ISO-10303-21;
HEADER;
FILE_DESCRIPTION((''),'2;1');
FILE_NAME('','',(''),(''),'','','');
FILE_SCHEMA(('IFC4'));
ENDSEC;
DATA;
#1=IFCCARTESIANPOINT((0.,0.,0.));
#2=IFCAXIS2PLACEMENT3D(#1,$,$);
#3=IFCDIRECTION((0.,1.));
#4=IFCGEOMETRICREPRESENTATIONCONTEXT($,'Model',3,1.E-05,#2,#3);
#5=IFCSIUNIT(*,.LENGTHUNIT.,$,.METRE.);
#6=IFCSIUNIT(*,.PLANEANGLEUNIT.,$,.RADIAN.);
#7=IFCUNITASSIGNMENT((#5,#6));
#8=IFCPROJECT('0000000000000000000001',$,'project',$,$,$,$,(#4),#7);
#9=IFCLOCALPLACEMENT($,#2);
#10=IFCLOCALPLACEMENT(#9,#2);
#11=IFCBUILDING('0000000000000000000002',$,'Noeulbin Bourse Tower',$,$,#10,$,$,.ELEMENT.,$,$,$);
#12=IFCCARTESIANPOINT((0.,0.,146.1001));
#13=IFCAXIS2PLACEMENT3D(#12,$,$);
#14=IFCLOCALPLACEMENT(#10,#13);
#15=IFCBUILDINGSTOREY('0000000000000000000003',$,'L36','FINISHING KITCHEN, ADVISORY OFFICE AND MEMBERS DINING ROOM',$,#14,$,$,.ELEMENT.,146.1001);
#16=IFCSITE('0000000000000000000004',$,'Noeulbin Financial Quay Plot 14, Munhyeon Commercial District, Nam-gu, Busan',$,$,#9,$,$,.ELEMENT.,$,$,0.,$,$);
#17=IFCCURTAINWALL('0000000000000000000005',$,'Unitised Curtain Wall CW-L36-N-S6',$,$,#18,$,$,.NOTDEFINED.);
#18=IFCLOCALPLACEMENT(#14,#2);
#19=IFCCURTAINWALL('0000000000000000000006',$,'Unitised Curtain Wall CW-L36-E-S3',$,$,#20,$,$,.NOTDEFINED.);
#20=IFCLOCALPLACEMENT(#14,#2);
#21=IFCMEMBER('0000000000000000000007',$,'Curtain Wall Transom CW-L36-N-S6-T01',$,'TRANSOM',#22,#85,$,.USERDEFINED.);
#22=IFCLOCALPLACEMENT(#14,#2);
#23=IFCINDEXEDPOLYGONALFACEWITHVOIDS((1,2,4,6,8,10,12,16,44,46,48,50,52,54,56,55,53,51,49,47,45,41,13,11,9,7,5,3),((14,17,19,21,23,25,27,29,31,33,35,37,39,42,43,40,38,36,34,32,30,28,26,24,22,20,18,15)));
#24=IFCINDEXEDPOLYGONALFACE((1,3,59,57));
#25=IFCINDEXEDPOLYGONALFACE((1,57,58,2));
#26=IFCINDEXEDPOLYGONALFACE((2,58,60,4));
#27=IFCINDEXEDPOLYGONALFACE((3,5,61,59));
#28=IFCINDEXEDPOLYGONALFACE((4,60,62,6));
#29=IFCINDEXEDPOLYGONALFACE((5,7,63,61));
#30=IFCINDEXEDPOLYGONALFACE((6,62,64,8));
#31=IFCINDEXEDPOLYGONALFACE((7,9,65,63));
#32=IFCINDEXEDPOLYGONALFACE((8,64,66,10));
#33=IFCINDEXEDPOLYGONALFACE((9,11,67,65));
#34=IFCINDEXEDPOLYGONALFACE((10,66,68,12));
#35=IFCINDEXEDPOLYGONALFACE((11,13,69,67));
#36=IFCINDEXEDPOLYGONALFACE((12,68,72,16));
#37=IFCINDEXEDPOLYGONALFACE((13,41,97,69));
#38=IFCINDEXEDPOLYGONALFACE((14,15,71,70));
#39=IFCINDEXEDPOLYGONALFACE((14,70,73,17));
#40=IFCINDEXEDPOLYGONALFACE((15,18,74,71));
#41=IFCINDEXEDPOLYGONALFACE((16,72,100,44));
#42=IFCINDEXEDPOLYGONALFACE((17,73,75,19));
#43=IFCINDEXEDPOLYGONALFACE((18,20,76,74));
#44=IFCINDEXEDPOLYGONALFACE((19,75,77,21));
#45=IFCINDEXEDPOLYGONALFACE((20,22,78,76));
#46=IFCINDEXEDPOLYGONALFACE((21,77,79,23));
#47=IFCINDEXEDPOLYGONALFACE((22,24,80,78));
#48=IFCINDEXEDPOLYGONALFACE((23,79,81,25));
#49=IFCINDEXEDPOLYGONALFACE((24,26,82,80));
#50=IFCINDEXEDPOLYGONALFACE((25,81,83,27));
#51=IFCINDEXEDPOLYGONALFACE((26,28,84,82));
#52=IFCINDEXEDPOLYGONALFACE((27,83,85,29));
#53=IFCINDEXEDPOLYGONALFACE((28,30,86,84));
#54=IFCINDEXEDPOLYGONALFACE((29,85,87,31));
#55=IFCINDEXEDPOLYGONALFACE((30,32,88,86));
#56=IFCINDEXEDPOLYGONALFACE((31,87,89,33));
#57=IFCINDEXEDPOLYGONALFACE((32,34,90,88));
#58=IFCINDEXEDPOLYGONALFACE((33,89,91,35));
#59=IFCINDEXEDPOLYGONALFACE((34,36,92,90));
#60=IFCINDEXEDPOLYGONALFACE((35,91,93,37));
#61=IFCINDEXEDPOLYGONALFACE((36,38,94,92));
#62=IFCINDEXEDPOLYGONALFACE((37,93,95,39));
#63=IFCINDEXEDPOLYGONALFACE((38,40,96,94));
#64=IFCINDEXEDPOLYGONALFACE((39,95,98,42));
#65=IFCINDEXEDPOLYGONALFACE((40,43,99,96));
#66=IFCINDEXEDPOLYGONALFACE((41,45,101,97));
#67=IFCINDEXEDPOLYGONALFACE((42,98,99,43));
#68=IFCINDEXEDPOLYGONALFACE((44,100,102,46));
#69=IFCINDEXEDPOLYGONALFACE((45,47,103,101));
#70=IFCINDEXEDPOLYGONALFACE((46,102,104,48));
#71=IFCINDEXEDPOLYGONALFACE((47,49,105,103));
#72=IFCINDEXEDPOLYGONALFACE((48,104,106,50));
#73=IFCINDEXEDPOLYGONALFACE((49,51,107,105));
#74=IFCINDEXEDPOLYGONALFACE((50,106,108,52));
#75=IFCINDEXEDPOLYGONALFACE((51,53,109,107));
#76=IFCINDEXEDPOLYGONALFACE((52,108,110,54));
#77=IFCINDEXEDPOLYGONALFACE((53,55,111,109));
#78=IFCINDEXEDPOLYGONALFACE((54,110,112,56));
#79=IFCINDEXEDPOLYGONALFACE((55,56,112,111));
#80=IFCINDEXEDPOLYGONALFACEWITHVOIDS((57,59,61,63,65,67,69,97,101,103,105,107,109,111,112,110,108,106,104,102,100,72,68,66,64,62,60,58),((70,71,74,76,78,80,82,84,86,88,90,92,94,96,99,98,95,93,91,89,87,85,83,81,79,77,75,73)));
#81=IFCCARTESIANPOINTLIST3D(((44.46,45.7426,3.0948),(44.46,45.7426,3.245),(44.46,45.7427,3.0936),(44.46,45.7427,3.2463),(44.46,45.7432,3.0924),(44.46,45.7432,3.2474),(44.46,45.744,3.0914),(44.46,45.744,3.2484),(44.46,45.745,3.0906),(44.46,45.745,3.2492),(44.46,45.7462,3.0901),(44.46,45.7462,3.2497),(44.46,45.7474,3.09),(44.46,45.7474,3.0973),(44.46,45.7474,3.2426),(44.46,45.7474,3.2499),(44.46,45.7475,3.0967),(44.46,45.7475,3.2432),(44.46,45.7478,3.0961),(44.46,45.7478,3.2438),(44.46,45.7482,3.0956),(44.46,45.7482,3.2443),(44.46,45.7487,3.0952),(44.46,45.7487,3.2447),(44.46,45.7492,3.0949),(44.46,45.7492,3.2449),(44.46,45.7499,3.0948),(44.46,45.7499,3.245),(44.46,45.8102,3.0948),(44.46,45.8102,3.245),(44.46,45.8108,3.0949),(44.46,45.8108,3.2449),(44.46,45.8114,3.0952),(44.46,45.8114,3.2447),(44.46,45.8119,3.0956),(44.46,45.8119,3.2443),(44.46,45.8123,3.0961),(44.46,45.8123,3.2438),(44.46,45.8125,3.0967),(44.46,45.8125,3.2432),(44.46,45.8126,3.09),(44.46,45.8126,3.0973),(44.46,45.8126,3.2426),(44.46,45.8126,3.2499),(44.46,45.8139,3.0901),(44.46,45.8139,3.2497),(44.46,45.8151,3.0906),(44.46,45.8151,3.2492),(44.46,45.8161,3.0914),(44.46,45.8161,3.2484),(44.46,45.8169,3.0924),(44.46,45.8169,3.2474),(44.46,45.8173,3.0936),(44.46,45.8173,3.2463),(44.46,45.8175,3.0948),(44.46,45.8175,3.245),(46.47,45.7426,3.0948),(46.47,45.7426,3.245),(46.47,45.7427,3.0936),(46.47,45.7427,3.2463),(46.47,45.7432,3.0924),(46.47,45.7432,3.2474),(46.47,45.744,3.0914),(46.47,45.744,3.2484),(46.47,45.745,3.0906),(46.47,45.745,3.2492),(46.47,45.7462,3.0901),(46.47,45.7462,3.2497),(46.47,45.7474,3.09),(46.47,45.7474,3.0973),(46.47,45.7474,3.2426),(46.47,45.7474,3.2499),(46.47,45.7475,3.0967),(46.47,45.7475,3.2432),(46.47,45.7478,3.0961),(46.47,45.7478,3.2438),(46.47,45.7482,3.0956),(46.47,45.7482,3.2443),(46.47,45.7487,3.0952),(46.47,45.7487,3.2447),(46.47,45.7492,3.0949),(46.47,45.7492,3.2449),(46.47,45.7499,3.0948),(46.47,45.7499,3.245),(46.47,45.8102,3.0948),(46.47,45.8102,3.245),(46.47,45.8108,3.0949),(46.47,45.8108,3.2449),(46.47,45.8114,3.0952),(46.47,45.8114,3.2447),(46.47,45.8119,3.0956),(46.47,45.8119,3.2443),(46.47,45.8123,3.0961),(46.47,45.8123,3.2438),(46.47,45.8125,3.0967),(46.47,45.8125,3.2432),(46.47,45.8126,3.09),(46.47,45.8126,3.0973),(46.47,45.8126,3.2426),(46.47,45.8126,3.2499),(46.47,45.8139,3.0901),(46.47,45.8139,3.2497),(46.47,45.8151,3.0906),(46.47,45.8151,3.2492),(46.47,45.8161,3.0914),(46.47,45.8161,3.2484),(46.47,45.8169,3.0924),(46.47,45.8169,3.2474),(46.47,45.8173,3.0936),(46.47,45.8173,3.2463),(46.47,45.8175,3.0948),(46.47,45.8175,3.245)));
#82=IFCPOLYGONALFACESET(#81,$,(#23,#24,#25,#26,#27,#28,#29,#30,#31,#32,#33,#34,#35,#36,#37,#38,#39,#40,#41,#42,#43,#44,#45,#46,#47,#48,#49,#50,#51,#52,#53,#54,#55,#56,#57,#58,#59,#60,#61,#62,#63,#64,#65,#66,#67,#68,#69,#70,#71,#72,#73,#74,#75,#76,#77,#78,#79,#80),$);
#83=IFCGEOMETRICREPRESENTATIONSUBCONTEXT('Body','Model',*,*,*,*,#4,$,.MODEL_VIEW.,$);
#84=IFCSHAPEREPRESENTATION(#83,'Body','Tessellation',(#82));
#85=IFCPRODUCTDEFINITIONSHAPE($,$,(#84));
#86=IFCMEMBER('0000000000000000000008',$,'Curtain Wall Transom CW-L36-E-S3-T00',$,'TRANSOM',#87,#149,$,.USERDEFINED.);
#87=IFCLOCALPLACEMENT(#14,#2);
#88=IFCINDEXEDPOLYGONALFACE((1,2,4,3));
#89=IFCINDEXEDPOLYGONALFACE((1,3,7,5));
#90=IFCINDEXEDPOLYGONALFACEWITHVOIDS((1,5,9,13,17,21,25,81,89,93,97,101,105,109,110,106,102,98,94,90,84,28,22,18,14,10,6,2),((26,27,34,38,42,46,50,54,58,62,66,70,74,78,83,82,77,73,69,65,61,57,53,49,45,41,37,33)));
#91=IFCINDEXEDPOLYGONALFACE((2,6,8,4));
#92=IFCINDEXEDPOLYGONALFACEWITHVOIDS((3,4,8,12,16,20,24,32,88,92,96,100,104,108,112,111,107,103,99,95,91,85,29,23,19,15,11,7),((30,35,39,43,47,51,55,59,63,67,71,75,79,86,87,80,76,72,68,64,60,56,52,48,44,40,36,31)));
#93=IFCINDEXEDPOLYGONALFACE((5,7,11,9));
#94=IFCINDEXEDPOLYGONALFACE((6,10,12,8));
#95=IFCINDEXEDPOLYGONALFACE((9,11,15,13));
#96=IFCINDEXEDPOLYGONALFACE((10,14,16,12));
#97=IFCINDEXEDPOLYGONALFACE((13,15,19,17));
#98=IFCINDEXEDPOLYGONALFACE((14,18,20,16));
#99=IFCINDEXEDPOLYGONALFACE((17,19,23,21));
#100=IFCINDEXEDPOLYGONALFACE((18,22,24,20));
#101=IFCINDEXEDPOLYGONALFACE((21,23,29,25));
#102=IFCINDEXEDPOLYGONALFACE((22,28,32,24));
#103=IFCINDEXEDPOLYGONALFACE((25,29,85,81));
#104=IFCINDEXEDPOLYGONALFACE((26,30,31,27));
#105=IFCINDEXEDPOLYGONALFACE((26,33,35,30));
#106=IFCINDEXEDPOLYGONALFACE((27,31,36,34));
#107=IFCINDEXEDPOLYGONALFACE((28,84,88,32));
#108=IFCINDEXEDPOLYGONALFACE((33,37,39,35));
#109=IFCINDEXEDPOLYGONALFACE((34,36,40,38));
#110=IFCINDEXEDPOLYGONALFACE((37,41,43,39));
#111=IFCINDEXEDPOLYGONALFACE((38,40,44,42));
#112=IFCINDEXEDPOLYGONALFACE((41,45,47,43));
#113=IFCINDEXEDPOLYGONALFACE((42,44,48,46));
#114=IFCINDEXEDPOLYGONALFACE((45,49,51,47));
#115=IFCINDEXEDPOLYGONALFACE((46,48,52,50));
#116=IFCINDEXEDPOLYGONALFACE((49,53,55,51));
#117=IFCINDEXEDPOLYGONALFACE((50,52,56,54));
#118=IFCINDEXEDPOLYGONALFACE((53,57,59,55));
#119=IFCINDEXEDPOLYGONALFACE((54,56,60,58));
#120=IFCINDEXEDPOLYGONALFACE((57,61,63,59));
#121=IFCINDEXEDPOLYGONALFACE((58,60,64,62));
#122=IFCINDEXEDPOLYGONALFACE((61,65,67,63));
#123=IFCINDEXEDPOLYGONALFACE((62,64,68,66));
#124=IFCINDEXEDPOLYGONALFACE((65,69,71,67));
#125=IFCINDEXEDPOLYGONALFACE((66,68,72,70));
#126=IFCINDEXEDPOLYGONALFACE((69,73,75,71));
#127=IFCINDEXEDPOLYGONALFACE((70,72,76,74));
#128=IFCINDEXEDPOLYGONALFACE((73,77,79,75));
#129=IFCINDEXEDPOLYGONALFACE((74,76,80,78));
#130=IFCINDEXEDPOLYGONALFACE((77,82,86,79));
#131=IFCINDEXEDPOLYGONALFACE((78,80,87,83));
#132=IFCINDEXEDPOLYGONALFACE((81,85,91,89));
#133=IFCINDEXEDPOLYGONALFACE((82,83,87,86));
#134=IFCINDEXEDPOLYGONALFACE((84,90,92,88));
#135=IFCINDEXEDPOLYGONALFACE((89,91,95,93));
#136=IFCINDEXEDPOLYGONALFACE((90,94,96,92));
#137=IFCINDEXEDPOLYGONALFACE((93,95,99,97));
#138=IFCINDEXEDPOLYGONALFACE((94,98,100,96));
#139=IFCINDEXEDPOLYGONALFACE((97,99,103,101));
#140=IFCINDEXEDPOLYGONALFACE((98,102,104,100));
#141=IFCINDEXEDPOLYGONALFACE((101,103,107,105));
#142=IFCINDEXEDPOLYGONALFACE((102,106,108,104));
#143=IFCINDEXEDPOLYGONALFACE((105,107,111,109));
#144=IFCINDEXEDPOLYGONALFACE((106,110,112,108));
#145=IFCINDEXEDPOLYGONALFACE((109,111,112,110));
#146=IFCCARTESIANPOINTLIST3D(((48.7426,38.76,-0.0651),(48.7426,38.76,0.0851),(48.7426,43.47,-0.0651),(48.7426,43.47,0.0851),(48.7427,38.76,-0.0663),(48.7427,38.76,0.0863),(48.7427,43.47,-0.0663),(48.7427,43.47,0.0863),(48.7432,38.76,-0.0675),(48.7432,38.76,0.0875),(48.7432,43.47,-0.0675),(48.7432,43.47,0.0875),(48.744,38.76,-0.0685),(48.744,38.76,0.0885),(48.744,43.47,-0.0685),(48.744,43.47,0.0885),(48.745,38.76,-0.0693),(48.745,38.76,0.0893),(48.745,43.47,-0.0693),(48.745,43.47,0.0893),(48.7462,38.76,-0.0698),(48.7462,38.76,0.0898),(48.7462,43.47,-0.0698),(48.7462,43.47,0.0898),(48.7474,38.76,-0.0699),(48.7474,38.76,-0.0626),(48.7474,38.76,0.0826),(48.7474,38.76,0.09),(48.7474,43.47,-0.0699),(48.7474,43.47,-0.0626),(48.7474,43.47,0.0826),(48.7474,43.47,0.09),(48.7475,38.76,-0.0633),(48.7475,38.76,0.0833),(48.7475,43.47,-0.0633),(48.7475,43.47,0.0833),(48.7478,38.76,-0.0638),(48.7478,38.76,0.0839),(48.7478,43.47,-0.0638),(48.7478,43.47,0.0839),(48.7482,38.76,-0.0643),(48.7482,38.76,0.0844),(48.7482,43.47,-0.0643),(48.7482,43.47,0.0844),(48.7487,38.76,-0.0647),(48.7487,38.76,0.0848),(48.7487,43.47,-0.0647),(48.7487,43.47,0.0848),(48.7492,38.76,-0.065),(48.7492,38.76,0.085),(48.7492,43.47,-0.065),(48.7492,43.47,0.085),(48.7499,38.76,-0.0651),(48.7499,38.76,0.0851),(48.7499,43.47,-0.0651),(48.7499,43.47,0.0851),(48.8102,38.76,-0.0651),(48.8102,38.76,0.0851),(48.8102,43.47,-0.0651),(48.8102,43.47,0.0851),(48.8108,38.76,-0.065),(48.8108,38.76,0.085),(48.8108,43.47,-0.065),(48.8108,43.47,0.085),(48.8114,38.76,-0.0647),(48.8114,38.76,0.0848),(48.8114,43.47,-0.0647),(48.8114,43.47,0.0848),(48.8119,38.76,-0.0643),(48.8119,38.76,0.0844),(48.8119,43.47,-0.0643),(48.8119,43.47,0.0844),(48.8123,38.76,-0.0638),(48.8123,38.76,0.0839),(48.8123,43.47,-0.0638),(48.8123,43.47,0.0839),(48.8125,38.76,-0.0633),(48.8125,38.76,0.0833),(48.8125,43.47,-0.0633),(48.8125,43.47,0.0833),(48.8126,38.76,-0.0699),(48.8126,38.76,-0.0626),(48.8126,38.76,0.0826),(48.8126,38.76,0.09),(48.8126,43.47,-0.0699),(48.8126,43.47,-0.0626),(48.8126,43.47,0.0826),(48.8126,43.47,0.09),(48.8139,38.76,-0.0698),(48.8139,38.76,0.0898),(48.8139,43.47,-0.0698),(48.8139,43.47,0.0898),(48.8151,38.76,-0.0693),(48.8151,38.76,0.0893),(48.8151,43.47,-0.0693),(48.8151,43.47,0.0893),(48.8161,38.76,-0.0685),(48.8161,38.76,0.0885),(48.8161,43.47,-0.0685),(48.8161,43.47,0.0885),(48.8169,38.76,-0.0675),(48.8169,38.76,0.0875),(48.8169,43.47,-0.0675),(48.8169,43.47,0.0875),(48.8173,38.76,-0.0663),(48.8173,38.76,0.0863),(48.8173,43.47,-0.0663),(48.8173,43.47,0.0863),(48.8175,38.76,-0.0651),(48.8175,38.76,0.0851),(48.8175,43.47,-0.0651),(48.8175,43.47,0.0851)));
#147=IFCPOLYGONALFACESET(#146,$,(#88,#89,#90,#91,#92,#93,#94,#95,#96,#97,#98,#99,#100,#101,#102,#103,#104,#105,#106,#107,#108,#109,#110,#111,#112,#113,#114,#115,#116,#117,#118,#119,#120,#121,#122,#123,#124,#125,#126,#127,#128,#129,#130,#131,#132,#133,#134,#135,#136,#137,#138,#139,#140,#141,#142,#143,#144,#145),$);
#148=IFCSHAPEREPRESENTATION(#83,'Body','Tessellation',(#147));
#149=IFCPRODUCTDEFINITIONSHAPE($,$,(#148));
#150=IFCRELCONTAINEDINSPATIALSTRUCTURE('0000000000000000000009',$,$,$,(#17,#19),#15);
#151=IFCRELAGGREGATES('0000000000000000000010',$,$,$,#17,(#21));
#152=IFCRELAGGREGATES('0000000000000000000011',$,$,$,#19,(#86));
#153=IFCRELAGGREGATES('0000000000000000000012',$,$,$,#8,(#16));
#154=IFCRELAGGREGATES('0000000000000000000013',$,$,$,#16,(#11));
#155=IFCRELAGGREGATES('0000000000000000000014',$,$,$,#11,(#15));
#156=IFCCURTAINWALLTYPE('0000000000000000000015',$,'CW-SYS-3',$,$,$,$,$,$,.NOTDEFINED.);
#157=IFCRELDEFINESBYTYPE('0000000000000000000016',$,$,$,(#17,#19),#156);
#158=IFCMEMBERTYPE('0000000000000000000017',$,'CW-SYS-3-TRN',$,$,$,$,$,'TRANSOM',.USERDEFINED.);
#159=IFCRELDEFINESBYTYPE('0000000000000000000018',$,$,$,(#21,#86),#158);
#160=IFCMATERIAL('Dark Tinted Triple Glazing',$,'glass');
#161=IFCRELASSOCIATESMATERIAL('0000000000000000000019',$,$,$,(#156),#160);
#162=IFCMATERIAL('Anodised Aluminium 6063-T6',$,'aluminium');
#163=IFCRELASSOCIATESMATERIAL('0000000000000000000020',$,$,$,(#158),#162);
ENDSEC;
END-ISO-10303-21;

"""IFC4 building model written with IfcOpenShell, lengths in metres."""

from ifc_helpers import new_model, si_unit, direction, frame, origin, origin_2d, place, context, subcontext, project, spatial, hollow_rectangle, extrude, material, material_profile, profile_set, type_object, element, aggregate, save


model = new_model("IFC4")

# Units and contexts
model_context = context("Model", 3, precision=1e-05, world=origin(), true_north=direction((0.0, 1.0)))
body_context = subcontext(model_context, "Body", "Model", "MODEL_VIEW")
ifc_project = project(units=[si_unit("LENGTHUNIT", "METRE"), si_unit("PLANEANGLEUNIT", "RADIAN")], contexts=[model_context])

# Site, building, storey
site_placement = place(None, origin())
site = spatial("IfcSite", under=ifc_project, at=site_placement, Name="Noeulbin Financial Quay Plot 14, Munhyeon Commercial District, Nam-gu, Busan", CompositionType="ELEMENT", RefElevation=0.0)
building_placement = place(site_placement, origin())
building = spatial("IfcBuilding", under=site, at=building_placement, Name="Noeulbin Bourse Tower", CompositionType="ELEMENT")
storey_placement = place(building_placement, frame((0.0, 0.0, 146.1001)))
storey = spatial("IfcBuildingStorey", under=building, at=storey_placement, Name="L36", Description="FINISHING KITCHEN, ADVISORY OFFICE AND MEMBERS DINING ROOM", CompositionType="ELEMENT", Elevation=146.1001)

# Shared definitions
ifc_material_1 = material(Name="Dark Tinted Triple Glazing", Category="glass")
curtain_wall_type = type_object("IfcCurtainWallType", Name="CW-SYS-3", PredefinedType="NOTDEFINED", material=ifc_material_1)
ifc_material_2 = material(Name="Anodised Aluminium 6063-T6", Category="aluminium")

# Curtain walls
curtain_wall_1_placement = place(storey_placement, origin())
curtain_wall_1 = element("IfcCurtainWall", 1, at=curtain_wall_1_placement, inside=storey, type_object=curtain_wall_type, Name="Unitised Curtain Wall CW-L36-N-S6", PredefinedType="NOTDEFINED")
curtain_wall_2_placement = place(storey_placement, origin())
curtain_wall_2 = element("IfcCurtainWall", 2, at=curtain_wall_2_placement, inside=storey, type_object=curtain_wall_type, Name="Unitised Curtain Wall CW-L36-E-S3", PredefinedType="NOTDEFINED")

# Members
ifc_material_profile_1 = material_profile(ifc_material_2, hollow_rectangle(XDim=0.075, YDim=0.1599, WallThickness=0.0049, InnerFilletRadius=0.0024, OuterFilletRadius=0.0049, at=origin_2d()), Name="ALU-TRAN-75x160x5", Category="LoadBearing")
ifc_profile_set_1 = profile_set([ifc_material_profile_1], Name="Anodised Aluminium 6063-T6")
member_type_1 = type_object("IfcMemberType", Name="CW-SYS-3-TRN", ElementType="TRANSOM", PredefinedType="USERDEFINED", material=ifc_profile_set_1)
member_1_placement = place(storey_placement, frame((44.46, 45.78, 3.1699), z_axis=(1.0, 0.0, 0.0), x_axis=(0.0, 1.0, 0.0)))
member_1 = element("IfcMember", 3, at=member_1_placement, type_object=member_type_1, Name="Curtain Wall Transom CW-L36-N-S6-T01", ObjectType="TRANSOM", PredefinedType="USERDEFINED", context=body_context, shape_type="SweptSolid", body=[
    extrude(hollow_rectangle(XDim=0.075, YDim=0.1599, WallThickness=0.0049, InnerFilletRadius=0.0024, OuterFilletRadius=0.0049, at=origin_2d()), origin(), (0.0, 0.0, 1.0), 2.01),
])
member_2_placement = place(storey_placement, frame((48.78, 38.76, 0.01), z_axis=(0.0, 1.0, 0.0), x_axis=(-1.0, 0.0, 0.0)))
member_2 = element("IfcMember", 4, at=member_2_placement, type_object=member_type_1, Name="Curtain Wall Transom CW-L36-E-S3-T00", ObjectType="TRANSOM", PredefinedType="USERDEFINED", context=body_context, shape_type="SweptSolid", body=[
    extrude(hollow_rectangle(XDim=0.075, YDim=0.1599, WallThickness=0.0049, InnerFilletRadius=0.0024, OuterFilletRadius=0.0049, at=origin_2d()), origin(), (0.0, 0.0, 1.0), 4.71),
])

aggregate(curtain_wall_1, [member_1])
aggregate(curtain_wall_2, [member_2])

save(model, "model.ifc")
